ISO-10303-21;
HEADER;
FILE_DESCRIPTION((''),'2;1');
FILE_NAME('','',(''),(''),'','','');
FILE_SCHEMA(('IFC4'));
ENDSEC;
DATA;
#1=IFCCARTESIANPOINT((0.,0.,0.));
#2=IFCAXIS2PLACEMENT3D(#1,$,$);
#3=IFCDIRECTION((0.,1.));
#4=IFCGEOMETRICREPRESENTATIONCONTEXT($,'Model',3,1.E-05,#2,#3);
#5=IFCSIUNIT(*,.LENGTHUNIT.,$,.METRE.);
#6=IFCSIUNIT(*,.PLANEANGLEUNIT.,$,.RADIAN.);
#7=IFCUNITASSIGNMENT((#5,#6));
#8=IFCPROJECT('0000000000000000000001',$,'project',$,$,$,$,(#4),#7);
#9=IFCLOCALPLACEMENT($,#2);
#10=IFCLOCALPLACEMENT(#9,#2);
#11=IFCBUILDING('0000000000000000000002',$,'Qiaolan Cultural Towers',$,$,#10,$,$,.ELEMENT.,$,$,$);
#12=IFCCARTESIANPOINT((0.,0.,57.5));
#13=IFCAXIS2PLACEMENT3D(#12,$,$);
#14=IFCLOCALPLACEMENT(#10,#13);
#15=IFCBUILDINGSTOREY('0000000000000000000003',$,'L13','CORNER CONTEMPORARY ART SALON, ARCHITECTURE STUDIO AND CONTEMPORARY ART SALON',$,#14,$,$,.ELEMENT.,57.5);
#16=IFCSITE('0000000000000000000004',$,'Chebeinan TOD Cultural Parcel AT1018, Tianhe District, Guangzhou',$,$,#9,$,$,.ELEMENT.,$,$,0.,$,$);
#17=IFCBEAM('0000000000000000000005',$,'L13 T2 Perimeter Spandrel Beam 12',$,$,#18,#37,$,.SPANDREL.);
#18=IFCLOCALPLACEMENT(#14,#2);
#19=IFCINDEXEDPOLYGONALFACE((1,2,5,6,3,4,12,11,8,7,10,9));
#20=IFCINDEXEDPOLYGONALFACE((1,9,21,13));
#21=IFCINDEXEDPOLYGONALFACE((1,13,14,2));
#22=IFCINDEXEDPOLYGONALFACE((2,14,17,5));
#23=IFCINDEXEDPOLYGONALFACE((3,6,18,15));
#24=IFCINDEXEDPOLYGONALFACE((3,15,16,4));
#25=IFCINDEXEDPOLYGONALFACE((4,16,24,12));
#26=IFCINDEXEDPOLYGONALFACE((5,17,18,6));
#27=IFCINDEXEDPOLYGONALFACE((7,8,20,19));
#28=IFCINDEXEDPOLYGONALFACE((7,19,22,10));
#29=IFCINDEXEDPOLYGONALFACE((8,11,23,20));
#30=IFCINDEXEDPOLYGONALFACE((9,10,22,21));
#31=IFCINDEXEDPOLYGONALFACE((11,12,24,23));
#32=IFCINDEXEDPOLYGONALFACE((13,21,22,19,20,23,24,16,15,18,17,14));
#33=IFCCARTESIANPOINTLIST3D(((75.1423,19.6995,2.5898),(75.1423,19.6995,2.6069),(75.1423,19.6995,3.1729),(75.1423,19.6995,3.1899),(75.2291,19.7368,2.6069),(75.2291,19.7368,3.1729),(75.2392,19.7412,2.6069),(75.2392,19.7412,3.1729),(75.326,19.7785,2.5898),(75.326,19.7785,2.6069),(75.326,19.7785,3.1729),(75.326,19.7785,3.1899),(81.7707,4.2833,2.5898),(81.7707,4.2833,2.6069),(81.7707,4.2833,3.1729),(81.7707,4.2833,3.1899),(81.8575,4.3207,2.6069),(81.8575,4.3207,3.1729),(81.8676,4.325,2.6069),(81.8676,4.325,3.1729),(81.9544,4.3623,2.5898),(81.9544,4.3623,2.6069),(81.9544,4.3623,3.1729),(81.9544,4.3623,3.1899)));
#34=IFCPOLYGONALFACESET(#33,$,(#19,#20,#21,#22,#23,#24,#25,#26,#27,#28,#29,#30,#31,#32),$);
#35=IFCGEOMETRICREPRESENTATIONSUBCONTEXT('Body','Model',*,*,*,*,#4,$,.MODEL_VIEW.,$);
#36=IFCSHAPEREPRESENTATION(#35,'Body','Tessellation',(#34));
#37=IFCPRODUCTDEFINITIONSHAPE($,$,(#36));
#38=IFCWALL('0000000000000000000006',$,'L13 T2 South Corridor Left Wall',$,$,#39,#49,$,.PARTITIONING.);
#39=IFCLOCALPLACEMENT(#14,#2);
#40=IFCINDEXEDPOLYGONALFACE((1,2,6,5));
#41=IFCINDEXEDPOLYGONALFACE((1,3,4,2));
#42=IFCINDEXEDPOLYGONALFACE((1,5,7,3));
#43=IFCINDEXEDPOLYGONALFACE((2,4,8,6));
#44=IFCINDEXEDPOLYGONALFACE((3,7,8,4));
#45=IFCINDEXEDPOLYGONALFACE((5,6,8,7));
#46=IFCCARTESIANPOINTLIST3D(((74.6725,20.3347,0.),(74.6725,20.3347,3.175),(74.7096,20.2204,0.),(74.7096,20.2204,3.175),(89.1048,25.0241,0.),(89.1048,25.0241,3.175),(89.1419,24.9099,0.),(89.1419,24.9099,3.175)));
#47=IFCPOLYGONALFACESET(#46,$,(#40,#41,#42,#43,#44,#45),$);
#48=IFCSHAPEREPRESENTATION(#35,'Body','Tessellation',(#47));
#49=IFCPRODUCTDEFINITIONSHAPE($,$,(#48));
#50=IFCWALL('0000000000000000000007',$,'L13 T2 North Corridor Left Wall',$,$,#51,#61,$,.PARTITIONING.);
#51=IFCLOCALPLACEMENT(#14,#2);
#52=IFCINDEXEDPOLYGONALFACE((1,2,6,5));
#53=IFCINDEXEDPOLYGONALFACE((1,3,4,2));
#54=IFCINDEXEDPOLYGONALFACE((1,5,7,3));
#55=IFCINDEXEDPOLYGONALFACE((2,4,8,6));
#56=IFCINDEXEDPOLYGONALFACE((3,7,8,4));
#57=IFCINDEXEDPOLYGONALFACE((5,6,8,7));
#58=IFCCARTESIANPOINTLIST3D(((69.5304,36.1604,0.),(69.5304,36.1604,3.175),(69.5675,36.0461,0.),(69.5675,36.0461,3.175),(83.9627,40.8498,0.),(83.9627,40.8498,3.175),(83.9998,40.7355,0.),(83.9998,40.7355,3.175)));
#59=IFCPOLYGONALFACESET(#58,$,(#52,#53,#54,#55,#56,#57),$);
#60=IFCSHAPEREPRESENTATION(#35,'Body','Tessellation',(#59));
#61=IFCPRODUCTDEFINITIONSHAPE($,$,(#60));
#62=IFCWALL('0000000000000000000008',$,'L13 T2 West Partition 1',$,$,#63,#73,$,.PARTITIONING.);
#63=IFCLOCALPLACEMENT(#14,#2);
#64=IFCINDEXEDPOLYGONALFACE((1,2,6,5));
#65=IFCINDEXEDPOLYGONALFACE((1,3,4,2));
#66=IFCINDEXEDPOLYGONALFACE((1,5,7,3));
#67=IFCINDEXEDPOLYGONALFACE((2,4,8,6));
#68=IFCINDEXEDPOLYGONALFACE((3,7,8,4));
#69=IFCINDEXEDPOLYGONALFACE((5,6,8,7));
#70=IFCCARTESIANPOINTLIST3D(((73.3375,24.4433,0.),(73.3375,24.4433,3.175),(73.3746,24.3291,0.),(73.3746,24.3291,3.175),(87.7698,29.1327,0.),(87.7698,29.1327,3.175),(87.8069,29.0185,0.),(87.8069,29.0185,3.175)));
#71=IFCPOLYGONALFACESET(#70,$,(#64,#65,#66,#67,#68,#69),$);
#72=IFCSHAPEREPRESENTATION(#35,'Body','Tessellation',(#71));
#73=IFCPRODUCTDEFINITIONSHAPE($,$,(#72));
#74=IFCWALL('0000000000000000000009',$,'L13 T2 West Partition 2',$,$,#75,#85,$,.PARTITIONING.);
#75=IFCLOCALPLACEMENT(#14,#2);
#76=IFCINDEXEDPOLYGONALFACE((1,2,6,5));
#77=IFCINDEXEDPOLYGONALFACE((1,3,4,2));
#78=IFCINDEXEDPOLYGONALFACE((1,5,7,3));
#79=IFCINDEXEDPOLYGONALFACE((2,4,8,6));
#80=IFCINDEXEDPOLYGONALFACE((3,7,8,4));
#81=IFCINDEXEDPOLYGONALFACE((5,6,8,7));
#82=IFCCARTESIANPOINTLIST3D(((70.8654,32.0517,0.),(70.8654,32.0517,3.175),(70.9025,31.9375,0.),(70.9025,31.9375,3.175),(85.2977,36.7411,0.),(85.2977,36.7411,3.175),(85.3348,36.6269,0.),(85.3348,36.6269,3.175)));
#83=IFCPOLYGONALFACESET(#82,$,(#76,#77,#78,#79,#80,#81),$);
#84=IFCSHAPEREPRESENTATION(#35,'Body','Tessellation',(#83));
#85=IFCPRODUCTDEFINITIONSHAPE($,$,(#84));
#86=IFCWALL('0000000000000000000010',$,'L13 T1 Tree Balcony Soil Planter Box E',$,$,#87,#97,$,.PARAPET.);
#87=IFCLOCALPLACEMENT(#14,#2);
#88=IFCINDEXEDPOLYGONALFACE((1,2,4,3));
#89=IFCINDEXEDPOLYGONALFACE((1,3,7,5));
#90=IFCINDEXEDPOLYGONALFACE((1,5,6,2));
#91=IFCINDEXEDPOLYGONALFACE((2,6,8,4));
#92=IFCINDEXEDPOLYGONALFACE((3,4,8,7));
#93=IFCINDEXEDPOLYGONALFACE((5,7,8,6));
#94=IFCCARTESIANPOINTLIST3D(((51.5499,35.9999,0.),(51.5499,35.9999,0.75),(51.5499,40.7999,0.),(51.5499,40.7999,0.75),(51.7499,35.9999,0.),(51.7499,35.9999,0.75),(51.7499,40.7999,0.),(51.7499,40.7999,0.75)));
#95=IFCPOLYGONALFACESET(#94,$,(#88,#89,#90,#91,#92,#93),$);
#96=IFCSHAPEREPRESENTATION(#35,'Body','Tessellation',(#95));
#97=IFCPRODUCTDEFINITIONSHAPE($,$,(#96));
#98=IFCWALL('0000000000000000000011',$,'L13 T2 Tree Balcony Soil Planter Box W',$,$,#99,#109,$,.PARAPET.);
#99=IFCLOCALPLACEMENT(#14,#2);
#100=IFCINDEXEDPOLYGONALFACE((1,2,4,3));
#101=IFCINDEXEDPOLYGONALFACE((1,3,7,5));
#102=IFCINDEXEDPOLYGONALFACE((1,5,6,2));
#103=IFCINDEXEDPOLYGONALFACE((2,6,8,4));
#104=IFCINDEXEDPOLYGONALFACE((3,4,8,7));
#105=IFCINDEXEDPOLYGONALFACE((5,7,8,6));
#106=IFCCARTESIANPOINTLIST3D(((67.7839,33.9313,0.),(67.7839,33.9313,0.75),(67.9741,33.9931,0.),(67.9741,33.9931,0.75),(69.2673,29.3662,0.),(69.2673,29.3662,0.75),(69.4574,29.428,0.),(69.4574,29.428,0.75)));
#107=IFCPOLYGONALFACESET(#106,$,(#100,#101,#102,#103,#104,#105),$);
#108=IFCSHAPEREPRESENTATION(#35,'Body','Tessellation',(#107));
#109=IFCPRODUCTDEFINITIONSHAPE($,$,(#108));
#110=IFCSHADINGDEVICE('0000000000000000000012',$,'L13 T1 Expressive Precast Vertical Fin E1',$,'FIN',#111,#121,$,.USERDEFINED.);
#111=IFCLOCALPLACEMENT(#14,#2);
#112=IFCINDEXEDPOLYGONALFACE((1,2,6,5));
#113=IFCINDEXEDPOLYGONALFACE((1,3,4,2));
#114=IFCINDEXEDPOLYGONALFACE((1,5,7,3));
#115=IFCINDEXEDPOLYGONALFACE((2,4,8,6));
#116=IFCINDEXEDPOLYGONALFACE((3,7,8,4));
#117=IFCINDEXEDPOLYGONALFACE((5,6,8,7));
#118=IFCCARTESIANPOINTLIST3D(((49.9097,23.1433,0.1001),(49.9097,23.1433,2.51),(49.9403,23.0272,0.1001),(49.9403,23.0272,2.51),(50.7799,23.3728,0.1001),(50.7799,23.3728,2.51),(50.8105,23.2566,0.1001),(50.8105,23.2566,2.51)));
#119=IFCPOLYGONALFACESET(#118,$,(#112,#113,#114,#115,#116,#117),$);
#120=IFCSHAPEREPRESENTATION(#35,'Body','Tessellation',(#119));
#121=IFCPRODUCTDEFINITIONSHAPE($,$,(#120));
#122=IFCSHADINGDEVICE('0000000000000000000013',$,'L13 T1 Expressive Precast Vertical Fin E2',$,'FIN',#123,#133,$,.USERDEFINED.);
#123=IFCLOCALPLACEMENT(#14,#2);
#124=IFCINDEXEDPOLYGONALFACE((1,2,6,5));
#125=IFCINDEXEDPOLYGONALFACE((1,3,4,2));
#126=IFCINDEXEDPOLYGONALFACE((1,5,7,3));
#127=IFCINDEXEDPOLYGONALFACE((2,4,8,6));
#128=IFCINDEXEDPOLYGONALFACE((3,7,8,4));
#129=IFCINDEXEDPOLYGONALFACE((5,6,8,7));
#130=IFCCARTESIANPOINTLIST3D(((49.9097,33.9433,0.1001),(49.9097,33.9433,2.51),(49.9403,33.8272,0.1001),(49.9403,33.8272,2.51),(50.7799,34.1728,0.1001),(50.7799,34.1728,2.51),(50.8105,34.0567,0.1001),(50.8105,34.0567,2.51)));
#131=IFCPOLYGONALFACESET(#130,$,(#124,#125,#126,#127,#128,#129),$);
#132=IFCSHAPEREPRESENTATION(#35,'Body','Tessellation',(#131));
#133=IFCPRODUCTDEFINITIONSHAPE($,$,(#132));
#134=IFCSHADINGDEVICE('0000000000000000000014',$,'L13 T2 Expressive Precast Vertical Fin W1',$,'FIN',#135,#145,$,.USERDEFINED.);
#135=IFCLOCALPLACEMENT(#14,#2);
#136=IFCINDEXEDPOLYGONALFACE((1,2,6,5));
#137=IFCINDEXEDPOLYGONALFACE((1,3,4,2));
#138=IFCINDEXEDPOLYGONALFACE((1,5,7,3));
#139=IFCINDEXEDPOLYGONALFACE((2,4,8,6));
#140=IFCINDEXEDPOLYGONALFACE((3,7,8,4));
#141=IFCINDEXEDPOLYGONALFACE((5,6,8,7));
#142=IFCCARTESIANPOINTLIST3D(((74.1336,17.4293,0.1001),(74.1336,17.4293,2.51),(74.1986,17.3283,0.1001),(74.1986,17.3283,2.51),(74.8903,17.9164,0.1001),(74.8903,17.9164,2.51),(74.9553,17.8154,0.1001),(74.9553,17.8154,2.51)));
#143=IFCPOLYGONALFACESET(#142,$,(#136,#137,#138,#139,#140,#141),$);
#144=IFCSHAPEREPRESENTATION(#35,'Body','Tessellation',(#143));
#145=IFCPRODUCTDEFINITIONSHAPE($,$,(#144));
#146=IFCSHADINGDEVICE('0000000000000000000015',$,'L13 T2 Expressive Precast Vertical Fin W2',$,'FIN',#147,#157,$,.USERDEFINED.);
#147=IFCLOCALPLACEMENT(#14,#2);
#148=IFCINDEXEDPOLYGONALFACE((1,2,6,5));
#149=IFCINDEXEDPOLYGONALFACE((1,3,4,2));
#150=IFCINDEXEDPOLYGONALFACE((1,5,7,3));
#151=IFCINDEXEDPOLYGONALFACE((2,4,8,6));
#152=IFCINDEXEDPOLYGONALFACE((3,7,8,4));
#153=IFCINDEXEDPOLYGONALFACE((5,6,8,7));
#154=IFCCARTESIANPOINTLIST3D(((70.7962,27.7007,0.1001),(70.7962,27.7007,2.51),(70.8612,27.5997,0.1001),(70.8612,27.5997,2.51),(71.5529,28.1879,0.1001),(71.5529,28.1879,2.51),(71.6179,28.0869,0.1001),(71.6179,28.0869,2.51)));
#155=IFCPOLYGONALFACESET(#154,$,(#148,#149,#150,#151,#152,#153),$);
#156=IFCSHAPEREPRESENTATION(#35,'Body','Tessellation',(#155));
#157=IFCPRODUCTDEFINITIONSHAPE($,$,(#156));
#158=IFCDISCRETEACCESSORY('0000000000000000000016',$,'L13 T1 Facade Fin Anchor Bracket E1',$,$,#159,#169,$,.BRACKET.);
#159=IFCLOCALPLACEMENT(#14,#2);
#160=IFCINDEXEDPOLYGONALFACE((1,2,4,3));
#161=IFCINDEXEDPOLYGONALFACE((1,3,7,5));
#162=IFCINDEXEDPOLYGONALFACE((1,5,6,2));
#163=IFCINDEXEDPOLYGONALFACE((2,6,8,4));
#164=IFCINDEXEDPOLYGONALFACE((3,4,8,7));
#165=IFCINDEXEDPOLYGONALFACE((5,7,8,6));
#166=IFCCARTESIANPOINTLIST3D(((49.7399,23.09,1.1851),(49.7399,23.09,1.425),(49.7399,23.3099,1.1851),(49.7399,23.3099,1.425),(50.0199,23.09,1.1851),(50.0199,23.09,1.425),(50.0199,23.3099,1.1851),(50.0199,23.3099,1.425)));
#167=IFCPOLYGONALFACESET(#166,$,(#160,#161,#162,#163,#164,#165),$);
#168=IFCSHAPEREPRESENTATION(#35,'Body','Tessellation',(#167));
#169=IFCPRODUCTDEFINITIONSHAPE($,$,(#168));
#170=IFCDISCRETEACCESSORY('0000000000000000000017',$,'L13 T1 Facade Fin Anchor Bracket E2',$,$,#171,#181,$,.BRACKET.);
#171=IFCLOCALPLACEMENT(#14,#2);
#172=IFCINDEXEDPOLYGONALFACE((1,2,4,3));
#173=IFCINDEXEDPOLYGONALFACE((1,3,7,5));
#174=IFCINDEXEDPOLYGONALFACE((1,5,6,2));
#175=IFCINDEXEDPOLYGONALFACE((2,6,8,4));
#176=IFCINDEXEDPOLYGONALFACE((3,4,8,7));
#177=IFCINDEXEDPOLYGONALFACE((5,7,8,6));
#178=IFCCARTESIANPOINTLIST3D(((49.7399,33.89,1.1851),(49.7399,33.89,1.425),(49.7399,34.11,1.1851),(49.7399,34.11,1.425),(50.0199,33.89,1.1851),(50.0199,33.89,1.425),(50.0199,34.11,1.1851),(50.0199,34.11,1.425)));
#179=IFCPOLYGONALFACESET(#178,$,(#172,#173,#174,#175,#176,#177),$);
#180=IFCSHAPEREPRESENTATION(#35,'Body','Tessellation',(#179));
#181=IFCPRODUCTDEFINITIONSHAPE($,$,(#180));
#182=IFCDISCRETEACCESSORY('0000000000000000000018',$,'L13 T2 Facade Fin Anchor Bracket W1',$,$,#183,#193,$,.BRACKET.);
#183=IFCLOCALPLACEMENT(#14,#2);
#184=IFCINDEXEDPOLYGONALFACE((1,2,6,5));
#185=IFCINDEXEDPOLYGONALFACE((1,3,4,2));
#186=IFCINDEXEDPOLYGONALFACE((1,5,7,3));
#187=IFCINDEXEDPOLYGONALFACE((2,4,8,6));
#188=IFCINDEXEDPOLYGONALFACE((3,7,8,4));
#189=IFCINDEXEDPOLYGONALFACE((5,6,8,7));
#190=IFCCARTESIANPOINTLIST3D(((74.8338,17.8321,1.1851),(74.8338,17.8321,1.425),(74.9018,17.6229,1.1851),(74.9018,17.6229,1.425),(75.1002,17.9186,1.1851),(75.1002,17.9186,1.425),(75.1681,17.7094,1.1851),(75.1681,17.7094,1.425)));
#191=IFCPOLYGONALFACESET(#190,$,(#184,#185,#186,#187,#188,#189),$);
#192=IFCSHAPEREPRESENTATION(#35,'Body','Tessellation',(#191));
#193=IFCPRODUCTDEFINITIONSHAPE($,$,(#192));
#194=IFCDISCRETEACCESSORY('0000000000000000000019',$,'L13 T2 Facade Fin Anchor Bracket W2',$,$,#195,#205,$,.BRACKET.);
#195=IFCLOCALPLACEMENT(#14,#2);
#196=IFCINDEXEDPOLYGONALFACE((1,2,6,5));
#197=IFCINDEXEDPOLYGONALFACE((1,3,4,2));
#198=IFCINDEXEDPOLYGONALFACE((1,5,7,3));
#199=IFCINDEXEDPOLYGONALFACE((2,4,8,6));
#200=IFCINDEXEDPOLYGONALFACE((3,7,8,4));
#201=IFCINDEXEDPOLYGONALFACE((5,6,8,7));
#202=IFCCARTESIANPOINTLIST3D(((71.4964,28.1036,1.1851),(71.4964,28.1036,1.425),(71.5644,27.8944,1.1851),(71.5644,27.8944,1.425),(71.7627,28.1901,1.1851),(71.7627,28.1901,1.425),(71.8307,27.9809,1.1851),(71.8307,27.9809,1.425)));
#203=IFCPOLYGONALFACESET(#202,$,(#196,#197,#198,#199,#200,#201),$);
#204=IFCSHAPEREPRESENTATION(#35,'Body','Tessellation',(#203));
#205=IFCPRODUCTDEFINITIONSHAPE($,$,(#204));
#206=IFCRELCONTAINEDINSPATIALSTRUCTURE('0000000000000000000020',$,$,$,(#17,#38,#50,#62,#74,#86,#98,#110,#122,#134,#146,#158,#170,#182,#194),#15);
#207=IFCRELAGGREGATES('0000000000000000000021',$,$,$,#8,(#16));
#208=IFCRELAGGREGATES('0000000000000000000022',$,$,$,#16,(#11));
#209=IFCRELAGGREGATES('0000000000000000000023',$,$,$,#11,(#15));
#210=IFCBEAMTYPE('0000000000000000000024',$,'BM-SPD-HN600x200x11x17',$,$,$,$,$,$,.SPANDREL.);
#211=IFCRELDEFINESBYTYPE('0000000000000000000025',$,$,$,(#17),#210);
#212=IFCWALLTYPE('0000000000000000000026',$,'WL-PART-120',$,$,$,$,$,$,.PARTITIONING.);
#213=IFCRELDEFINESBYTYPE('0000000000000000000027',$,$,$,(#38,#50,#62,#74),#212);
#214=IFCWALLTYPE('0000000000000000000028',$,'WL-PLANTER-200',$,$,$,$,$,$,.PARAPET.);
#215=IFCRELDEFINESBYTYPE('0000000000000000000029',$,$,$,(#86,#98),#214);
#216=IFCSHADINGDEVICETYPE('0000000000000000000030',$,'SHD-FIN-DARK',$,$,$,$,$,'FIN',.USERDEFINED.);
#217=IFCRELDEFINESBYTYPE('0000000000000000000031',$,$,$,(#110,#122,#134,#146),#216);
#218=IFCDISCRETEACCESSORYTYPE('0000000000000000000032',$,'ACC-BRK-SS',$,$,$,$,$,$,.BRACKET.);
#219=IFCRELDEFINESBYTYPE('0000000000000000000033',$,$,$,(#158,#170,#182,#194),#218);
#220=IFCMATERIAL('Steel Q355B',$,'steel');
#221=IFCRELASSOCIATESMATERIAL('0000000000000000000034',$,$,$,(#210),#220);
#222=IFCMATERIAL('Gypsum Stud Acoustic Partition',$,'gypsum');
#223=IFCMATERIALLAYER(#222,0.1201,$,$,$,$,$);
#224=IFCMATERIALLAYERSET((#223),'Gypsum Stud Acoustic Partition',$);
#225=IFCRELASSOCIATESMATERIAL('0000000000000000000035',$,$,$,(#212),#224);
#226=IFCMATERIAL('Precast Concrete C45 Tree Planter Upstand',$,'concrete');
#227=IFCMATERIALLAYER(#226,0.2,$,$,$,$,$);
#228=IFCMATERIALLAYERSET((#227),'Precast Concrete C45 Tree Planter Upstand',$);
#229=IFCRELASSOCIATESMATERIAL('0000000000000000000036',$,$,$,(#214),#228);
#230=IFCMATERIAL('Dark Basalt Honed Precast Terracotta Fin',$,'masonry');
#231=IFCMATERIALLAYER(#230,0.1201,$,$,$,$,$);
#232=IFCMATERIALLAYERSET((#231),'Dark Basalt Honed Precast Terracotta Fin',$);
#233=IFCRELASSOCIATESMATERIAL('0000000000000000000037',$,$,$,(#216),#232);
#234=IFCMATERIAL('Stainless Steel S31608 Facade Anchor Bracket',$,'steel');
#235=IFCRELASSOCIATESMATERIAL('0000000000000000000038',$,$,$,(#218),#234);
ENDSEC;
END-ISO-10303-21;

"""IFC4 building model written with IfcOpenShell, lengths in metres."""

from ifc_helpers import new_model, si_unit, direction, frame, frame_2d, origin, origin_2d, place, context, subcontext, project, spatial, rectangle, i_section, extrude, material, layer, layer_set, material_profile, profile_set, type_object, element, save


model = new_model("IFC4")

# Units and contexts
model_context = context("Model", 3, precision=1e-05, world=origin(), true_north=direction((0.0, 1.0)))
body_context = subcontext(model_context, "Body", "Model", "MODEL_VIEW")
ifc_project = project(units=[si_unit("LENGTHUNIT", "METRE"), si_unit("PLANEANGLEUNIT", "RADIAN")], contexts=[model_context])

# Site, building, storey
site_placement = place(None, origin())
site = spatial("IfcSite", under=ifc_project, at=site_placement, Name="Chebeinan TOD Cultural Parcel AT1018, Tianhe District, Guangzhou", CompositionType="ELEMENT", RefElevation=0.0)
building_placement = place(site_placement, origin())
building = spatial("IfcBuilding", under=site, at=building_placement, Name="Qiaolan Cultural Towers", CompositionType="ELEMENT")
storey_placement = place(building_placement, frame((0.0, 0.0, 57.5)))
storey = spatial("IfcBuildingStorey", under=building, at=storey_placement, Name="L13", Description="CORNER CONTEMPORARY ART SALON, ARCHITECTURE STUDIO AND CONTEMPORARY ART SALON", CompositionType="ELEMENT", Elevation=57.5)

# Beam
ifc_material_1 = material(Name="Steel Q355B", Category="steel")
ifc_material_profile_1 = material_profile(ifc_material_1, i_section(OverallWidth=0.2, OverallDepth=0.6001, WebThickness=0.011, FlangeThickness=0.0171, at=origin_2d()), Name="HN600x200x11x17")
ifc_profile_set_1 = profile_set([ifc_material_profile_1], Name="Steel Q355B")
beam_type_1 = type_object("IfcBeamType", Name="BM-SPD-HN600x200x11x17", PredefinedType="SPANDREL", material=ifc_profile_set_1)
beam_1_placement = place(storey_placement, frame((75.2341, 19.739, 2.8899), z_axis=(0.394999, -0.918682, 0.0), x_axis=(0.918682, 0.394999, 0.0)))
element("IfcBeam", 1, at=beam_1_placement, inside=storey, type_object=beam_type_1, Name="L13 T2 Perimeter Spandrel Beam 12", PredefinedType="SPANDREL", context=body_context, shape_type="SweptSolid", body=[
    extrude(i_section(OverallWidth=0.2, OverallDepth=0.6001, WebThickness=0.011, FlangeThickness=0.0171, at=origin_2d()), origin(), (0.0, 0.0, 1.0), 16.7808),
])

# Walls
ifc_material_2 = material(Name="Gypsum Stud Acoustic Partition", Category="gypsum")
ifc_layer_1 = layer(ifc_material_2, 0.1201)
ifc_layer_set_1 = layer_set([ifc_layer_1], Name="Gypsum Stud Acoustic Partition")
wall_type_1 = type_object("IfcWallType", Name="WL-PART-120", PredefinedType="PARTITIONING", material=ifc_layer_set_1)
for number, where, z_axis, x_axis, name in (
    (2, (74.6912, 20.2776, 0.0), (0.0, 0.0, 1.0), (0.951055, 0.309022, 0.0), "L13 T2 South Corridor Left Wall"),
    (3, (69.5491, 36.1033, 0.0), (0.0, 0.0, 1.0), (0.951055, 0.309022, 0.0), "L13 T2 North Corridor Left Wall"),
    (4, (73.3562, 24.3862, 0.0), (0.0, 0.0, 1.0), (0.951055, 0.309022, 0.0), "L13 T2 West Partition 1"),
    (5, (70.884, 31.9946, 0.0), (0.0, 0.0, 1.0), (0.951055, 0.309022, 0.0), "L13 T2 West Partition 2"),
):
    element("IfcWall", number, at=place(storey_placement, frame(where, z_axis=z_axis, x_axis=x_axis)), inside=storey, type_object=wall_type_1, Name=name, PredefinedType="PARTITIONING", context=body_context, shape_type="SweptSolid", body=[
        extrude(rectangle(XDim=15.175, YDim=0.1201, at=frame_2d((7.5874, 0.0))), origin(), (0.0, 0.0, 1.0), 3.175),
    ])
ifc_material_3 = material(Name="Precast Concrete C45 Tree Planter Upstand", Category="concrete")
ifc_layer_2 = layer(ifc_material_3, 0.2)
ifc_layer_set_2 = layer_set([ifc_layer_2], Name="Precast Concrete C45 Tree Planter Upstand")
wall_type_2 = type_object("IfcWallType", Name="WL-PLANTER-200", PredefinedType="PARAPET", material=ifc_layer_set_2)
for number, where, z_axis, x_axis, name in (
    (6, (51.6499, 36.0, 0.0), (0.0, 0.0, 1.0), (0.0, 1.0, 0.0), "L13 T1 Tree Balcony Soil Planter Box E"),
    (7, (69.3623, 29.3972, 0.0), (0.0, 0.0, 1.0), (-0.309032, 0.951052, 0.0), "L13 T2 Tree Balcony Soil Planter Box W"),
):
    element("IfcWall", number, at=place(storey_placement, frame(where, z_axis=z_axis, x_axis=x_axis)), inside=storey, type_object=wall_type_2, Name=name, PredefinedType="PARAPET", context=body_context, shape_type="SweptSolid", body=[
        extrude(rectangle(XDim=4.8, YDim=0.2, at=frame_2d((2.3999, 0.0))), origin(), (0.0, 0.0, 1.0), 0.75),
    ])

# Shading devices
ifc_material_4 = material(Name="Dark Basalt Honed Precast Terracotta Fin", Category="masonry")
ifc_layer_3 = layer(ifc_material_4, 0.1201)
ifc_layer_set_3 = layer_set([ifc_layer_3], Name="Dark Basalt Honed Precast Terracotta Fin")
shading_device_type = type_object("IfcShadingDeviceType", Name="SHD-FIN-DARK", ElementType="FIN", PredefinedType="USERDEFINED", material=ifc_layer_set_3)
for number, where, z_axis, x_axis, name in (
    (8, (50.3601, 23.2, 0.1001), (0.0, 0.0, 1.0), (0.966948, 0.254975, 0.0), "L13 T1 Expressive Precast Vertical Fin E1"),
    (9, (50.3601, 34.0, 0.1001), (0.0, 0.0, 1.0), (0.966948, 0.254975, 0.0), "L13 T1 Expressive Precast Vertical Fin E2"),
    (10, (74.5444, 17.6223, 0.1001), (0.0, 0.0, 1.0), (0.84083, 0.541299, 0.0), "L13 T2 Expressive Precast Vertical Fin W1"),
    (11, (71.207, 27.8938, 0.1001), (0.0, 0.0, 1.0), (0.84083, 0.541299, 0.0), "L13 T2 Expressive Precast Vertical Fin W2"),
):
    element("IfcShadingDevice", number, at=place(storey_placement, frame(where, z_axis=z_axis, x_axis=x_axis)), inside=storey, type_object=shading_device_type, Name=name, ObjectType="FIN", PredefinedType="USERDEFINED", context=body_context, shape_type="SweptSolid", body=[
        extrude(rectangle(XDim=0.8999, YDim=0.1201, at=origin_2d()), origin(), (0.0, 0.0, 1.0), 2.4099),
    ])

# Discrete accessories
ifc_material_5 = material(Name="Stainless Steel S31608 Facade Anchor Bracket", Category="steel")
discrete_accessory_type = type_object("IfcDiscreteAccessoryType", Name="ACC-BRK-SS", PredefinedType="BRACKET", material=ifc_material_5)
for number, where, z_axis, x_axis, name in (
    (12, (49.8799, 23.2, 1.1851), (0.0, 0.0, 1.0), (1.0, 0.0, 0.0), "L13 T1 Facade Fin Anchor Bracket E1"),
    (13, (49.8799, 34.0, 1.1851), (0.0, 0.0, 1.0), (1.0, 0.0, 0.0), "L13 T1 Facade Fin Anchor Bracket E2"),
    (14, (75.001, 17.7708, 1.1851), (0.0, 0.0, 1.0), (0.951057, 0.309017, 0.0), "L13 T2 Facade Fin Anchor Bracket W1"),
    (15, (71.6636, 28.0422, 1.1851), (0.0, 0.0, 1.0), (0.951057, 0.309017, 0.0), "L13 T2 Facade Fin Anchor Bracket W2"),
):
    element("IfcDiscreteAccessory", number, at=place(storey_placement, frame(where, z_axis=z_axis, x_axis=x_axis)), inside=storey, type_object=discrete_accessory_type, Name=name, PredefinedType="BRACKET", context=body_context, shape_type="SweptSolid", body=[
        extrude(rectangle(XDim=0.28, YDim=0.22, at=origin_2d()), origin(), (0.0, 0.0, 1.0), 0.24),
    ])

save(model, "model.ifc")
